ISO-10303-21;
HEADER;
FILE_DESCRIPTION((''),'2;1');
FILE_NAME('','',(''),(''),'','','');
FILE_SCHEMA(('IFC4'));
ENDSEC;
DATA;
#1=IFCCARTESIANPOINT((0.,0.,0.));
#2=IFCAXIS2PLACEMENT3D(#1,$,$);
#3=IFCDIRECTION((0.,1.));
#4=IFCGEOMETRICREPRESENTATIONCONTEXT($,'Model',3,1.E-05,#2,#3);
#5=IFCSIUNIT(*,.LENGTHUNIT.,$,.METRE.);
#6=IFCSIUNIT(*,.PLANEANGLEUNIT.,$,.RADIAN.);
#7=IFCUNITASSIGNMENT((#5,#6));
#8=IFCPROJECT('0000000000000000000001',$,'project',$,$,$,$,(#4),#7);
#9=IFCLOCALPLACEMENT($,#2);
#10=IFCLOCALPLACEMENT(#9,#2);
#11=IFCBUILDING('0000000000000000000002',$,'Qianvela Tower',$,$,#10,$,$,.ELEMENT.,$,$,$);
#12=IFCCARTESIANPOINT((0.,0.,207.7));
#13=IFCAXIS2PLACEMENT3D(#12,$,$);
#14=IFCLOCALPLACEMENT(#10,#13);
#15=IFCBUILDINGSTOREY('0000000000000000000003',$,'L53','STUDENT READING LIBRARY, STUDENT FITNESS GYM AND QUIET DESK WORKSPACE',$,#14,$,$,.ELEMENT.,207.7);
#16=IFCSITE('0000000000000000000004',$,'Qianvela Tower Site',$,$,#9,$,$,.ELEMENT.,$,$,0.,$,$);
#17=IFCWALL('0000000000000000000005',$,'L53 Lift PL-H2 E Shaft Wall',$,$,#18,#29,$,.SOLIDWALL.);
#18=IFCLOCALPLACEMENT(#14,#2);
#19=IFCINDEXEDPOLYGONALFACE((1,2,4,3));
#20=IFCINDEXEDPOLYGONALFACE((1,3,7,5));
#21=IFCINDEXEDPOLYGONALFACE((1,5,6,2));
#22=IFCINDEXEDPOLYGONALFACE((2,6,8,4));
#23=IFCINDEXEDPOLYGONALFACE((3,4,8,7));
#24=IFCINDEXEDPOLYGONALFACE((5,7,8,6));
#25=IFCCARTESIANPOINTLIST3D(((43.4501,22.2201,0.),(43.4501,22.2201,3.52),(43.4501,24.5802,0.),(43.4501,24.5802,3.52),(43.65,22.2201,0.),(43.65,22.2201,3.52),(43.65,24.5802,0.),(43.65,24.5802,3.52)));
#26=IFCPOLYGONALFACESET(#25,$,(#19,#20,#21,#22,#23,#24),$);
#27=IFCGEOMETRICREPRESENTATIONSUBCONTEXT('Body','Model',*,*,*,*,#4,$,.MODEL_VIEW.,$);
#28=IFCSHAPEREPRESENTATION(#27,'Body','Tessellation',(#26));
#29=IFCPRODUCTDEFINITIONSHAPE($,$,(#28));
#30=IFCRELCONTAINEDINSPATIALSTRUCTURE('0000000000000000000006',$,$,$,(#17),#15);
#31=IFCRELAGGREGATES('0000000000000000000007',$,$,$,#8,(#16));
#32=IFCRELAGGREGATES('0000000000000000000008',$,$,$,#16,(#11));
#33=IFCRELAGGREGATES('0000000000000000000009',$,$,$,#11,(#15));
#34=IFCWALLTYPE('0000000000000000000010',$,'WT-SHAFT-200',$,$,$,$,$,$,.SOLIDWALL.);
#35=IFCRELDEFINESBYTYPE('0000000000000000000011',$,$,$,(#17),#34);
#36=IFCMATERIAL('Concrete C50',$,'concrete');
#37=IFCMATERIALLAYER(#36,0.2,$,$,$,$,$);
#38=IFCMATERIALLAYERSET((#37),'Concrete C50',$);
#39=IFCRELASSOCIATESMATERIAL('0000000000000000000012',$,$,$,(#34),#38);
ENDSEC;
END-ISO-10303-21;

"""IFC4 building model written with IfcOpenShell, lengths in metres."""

from ifc_helpers import new_model, si_unit, direction, frame, frame_2d, origin, place, context, subcontext, project, spatial, rectangle, extrude, material, layer, layer_set, type_object, element, save


model = new_model("IFC4")

# Units and contexts
model_context = context("Model", 3, precision=1e-05, world=origin(), true_north=direction((0.0, 1.0)))
body_context = subcontext(model_context, "Body", "Model", "MODEL_VIEW")
ifc_project = project(units=[si_unit("LENGTHUNIT", "METRE"), si_unit("PLANEANGLEUNIT", "RADIAN")], contexts=[model_context])

# Site, building, storey
site_placement = place(None, origin())
site = spatial("IfcSite", under=ifc_project, at=site_placement, Name="Qianvela Tower Site", CompositionType="ELEMENT", RefElevation=0.0)
building_placement = place(site_placement, origin())
building = spatial("IfcBuilding", under=site, at=building_placement, Name="Qianvela Tower", CompositionType="ELEMENT")
storey_placement = place(building_placement, frame((0.0, 0.0, 207.7)))
storey = spatial("IfcBuildingStorey", under=building, at=storey_placement, Name="L53", Description="STUDENT READING LIBRARY, STUDENT FITNESS GYM AND QUIET DESK WORKSPACE", CompositionType="ELEMENT", Elevation=207.7)

# Shared definitions
ifc_material_1 = material(Name="Concrete C50", Category="concrete")
ifc_layer_1 = layer(ifc_material_1, 0.2)
ifc_layer_set_1 = layer_set([ifc_layer_1], Name="Concrete C50")
wall_type_1 = type_object("IfcWallType", Name="WT-SHAFT-200", PredefinedType="SOLIDWALL", material=ifc_layer_set_1)

# Wall
wall_1_placement = place(storey_placement, frame((43.55, 22.22, 0.0), z_axis=(0.0, 0.0, 1.0), x_axis=(0.0, 1.0, 0.0)))
element("IfcWall", 1, at=wall_1_placement, inside=storey, type_object=wall_type_1, Name="L53 Lift PL-H2 E Shaft Wall", PredefinedType="SOLIDWALL", context=body_context, shape_type="SweptSolid", body=[
    extrude(rectangle(XDim=2.3601, YDim=0.2, at=frame_2d((1.1802, 0.0))), origin(), (0.0, 0.0, 1.0), 3.52),
])

save(model, "model.ifc")
